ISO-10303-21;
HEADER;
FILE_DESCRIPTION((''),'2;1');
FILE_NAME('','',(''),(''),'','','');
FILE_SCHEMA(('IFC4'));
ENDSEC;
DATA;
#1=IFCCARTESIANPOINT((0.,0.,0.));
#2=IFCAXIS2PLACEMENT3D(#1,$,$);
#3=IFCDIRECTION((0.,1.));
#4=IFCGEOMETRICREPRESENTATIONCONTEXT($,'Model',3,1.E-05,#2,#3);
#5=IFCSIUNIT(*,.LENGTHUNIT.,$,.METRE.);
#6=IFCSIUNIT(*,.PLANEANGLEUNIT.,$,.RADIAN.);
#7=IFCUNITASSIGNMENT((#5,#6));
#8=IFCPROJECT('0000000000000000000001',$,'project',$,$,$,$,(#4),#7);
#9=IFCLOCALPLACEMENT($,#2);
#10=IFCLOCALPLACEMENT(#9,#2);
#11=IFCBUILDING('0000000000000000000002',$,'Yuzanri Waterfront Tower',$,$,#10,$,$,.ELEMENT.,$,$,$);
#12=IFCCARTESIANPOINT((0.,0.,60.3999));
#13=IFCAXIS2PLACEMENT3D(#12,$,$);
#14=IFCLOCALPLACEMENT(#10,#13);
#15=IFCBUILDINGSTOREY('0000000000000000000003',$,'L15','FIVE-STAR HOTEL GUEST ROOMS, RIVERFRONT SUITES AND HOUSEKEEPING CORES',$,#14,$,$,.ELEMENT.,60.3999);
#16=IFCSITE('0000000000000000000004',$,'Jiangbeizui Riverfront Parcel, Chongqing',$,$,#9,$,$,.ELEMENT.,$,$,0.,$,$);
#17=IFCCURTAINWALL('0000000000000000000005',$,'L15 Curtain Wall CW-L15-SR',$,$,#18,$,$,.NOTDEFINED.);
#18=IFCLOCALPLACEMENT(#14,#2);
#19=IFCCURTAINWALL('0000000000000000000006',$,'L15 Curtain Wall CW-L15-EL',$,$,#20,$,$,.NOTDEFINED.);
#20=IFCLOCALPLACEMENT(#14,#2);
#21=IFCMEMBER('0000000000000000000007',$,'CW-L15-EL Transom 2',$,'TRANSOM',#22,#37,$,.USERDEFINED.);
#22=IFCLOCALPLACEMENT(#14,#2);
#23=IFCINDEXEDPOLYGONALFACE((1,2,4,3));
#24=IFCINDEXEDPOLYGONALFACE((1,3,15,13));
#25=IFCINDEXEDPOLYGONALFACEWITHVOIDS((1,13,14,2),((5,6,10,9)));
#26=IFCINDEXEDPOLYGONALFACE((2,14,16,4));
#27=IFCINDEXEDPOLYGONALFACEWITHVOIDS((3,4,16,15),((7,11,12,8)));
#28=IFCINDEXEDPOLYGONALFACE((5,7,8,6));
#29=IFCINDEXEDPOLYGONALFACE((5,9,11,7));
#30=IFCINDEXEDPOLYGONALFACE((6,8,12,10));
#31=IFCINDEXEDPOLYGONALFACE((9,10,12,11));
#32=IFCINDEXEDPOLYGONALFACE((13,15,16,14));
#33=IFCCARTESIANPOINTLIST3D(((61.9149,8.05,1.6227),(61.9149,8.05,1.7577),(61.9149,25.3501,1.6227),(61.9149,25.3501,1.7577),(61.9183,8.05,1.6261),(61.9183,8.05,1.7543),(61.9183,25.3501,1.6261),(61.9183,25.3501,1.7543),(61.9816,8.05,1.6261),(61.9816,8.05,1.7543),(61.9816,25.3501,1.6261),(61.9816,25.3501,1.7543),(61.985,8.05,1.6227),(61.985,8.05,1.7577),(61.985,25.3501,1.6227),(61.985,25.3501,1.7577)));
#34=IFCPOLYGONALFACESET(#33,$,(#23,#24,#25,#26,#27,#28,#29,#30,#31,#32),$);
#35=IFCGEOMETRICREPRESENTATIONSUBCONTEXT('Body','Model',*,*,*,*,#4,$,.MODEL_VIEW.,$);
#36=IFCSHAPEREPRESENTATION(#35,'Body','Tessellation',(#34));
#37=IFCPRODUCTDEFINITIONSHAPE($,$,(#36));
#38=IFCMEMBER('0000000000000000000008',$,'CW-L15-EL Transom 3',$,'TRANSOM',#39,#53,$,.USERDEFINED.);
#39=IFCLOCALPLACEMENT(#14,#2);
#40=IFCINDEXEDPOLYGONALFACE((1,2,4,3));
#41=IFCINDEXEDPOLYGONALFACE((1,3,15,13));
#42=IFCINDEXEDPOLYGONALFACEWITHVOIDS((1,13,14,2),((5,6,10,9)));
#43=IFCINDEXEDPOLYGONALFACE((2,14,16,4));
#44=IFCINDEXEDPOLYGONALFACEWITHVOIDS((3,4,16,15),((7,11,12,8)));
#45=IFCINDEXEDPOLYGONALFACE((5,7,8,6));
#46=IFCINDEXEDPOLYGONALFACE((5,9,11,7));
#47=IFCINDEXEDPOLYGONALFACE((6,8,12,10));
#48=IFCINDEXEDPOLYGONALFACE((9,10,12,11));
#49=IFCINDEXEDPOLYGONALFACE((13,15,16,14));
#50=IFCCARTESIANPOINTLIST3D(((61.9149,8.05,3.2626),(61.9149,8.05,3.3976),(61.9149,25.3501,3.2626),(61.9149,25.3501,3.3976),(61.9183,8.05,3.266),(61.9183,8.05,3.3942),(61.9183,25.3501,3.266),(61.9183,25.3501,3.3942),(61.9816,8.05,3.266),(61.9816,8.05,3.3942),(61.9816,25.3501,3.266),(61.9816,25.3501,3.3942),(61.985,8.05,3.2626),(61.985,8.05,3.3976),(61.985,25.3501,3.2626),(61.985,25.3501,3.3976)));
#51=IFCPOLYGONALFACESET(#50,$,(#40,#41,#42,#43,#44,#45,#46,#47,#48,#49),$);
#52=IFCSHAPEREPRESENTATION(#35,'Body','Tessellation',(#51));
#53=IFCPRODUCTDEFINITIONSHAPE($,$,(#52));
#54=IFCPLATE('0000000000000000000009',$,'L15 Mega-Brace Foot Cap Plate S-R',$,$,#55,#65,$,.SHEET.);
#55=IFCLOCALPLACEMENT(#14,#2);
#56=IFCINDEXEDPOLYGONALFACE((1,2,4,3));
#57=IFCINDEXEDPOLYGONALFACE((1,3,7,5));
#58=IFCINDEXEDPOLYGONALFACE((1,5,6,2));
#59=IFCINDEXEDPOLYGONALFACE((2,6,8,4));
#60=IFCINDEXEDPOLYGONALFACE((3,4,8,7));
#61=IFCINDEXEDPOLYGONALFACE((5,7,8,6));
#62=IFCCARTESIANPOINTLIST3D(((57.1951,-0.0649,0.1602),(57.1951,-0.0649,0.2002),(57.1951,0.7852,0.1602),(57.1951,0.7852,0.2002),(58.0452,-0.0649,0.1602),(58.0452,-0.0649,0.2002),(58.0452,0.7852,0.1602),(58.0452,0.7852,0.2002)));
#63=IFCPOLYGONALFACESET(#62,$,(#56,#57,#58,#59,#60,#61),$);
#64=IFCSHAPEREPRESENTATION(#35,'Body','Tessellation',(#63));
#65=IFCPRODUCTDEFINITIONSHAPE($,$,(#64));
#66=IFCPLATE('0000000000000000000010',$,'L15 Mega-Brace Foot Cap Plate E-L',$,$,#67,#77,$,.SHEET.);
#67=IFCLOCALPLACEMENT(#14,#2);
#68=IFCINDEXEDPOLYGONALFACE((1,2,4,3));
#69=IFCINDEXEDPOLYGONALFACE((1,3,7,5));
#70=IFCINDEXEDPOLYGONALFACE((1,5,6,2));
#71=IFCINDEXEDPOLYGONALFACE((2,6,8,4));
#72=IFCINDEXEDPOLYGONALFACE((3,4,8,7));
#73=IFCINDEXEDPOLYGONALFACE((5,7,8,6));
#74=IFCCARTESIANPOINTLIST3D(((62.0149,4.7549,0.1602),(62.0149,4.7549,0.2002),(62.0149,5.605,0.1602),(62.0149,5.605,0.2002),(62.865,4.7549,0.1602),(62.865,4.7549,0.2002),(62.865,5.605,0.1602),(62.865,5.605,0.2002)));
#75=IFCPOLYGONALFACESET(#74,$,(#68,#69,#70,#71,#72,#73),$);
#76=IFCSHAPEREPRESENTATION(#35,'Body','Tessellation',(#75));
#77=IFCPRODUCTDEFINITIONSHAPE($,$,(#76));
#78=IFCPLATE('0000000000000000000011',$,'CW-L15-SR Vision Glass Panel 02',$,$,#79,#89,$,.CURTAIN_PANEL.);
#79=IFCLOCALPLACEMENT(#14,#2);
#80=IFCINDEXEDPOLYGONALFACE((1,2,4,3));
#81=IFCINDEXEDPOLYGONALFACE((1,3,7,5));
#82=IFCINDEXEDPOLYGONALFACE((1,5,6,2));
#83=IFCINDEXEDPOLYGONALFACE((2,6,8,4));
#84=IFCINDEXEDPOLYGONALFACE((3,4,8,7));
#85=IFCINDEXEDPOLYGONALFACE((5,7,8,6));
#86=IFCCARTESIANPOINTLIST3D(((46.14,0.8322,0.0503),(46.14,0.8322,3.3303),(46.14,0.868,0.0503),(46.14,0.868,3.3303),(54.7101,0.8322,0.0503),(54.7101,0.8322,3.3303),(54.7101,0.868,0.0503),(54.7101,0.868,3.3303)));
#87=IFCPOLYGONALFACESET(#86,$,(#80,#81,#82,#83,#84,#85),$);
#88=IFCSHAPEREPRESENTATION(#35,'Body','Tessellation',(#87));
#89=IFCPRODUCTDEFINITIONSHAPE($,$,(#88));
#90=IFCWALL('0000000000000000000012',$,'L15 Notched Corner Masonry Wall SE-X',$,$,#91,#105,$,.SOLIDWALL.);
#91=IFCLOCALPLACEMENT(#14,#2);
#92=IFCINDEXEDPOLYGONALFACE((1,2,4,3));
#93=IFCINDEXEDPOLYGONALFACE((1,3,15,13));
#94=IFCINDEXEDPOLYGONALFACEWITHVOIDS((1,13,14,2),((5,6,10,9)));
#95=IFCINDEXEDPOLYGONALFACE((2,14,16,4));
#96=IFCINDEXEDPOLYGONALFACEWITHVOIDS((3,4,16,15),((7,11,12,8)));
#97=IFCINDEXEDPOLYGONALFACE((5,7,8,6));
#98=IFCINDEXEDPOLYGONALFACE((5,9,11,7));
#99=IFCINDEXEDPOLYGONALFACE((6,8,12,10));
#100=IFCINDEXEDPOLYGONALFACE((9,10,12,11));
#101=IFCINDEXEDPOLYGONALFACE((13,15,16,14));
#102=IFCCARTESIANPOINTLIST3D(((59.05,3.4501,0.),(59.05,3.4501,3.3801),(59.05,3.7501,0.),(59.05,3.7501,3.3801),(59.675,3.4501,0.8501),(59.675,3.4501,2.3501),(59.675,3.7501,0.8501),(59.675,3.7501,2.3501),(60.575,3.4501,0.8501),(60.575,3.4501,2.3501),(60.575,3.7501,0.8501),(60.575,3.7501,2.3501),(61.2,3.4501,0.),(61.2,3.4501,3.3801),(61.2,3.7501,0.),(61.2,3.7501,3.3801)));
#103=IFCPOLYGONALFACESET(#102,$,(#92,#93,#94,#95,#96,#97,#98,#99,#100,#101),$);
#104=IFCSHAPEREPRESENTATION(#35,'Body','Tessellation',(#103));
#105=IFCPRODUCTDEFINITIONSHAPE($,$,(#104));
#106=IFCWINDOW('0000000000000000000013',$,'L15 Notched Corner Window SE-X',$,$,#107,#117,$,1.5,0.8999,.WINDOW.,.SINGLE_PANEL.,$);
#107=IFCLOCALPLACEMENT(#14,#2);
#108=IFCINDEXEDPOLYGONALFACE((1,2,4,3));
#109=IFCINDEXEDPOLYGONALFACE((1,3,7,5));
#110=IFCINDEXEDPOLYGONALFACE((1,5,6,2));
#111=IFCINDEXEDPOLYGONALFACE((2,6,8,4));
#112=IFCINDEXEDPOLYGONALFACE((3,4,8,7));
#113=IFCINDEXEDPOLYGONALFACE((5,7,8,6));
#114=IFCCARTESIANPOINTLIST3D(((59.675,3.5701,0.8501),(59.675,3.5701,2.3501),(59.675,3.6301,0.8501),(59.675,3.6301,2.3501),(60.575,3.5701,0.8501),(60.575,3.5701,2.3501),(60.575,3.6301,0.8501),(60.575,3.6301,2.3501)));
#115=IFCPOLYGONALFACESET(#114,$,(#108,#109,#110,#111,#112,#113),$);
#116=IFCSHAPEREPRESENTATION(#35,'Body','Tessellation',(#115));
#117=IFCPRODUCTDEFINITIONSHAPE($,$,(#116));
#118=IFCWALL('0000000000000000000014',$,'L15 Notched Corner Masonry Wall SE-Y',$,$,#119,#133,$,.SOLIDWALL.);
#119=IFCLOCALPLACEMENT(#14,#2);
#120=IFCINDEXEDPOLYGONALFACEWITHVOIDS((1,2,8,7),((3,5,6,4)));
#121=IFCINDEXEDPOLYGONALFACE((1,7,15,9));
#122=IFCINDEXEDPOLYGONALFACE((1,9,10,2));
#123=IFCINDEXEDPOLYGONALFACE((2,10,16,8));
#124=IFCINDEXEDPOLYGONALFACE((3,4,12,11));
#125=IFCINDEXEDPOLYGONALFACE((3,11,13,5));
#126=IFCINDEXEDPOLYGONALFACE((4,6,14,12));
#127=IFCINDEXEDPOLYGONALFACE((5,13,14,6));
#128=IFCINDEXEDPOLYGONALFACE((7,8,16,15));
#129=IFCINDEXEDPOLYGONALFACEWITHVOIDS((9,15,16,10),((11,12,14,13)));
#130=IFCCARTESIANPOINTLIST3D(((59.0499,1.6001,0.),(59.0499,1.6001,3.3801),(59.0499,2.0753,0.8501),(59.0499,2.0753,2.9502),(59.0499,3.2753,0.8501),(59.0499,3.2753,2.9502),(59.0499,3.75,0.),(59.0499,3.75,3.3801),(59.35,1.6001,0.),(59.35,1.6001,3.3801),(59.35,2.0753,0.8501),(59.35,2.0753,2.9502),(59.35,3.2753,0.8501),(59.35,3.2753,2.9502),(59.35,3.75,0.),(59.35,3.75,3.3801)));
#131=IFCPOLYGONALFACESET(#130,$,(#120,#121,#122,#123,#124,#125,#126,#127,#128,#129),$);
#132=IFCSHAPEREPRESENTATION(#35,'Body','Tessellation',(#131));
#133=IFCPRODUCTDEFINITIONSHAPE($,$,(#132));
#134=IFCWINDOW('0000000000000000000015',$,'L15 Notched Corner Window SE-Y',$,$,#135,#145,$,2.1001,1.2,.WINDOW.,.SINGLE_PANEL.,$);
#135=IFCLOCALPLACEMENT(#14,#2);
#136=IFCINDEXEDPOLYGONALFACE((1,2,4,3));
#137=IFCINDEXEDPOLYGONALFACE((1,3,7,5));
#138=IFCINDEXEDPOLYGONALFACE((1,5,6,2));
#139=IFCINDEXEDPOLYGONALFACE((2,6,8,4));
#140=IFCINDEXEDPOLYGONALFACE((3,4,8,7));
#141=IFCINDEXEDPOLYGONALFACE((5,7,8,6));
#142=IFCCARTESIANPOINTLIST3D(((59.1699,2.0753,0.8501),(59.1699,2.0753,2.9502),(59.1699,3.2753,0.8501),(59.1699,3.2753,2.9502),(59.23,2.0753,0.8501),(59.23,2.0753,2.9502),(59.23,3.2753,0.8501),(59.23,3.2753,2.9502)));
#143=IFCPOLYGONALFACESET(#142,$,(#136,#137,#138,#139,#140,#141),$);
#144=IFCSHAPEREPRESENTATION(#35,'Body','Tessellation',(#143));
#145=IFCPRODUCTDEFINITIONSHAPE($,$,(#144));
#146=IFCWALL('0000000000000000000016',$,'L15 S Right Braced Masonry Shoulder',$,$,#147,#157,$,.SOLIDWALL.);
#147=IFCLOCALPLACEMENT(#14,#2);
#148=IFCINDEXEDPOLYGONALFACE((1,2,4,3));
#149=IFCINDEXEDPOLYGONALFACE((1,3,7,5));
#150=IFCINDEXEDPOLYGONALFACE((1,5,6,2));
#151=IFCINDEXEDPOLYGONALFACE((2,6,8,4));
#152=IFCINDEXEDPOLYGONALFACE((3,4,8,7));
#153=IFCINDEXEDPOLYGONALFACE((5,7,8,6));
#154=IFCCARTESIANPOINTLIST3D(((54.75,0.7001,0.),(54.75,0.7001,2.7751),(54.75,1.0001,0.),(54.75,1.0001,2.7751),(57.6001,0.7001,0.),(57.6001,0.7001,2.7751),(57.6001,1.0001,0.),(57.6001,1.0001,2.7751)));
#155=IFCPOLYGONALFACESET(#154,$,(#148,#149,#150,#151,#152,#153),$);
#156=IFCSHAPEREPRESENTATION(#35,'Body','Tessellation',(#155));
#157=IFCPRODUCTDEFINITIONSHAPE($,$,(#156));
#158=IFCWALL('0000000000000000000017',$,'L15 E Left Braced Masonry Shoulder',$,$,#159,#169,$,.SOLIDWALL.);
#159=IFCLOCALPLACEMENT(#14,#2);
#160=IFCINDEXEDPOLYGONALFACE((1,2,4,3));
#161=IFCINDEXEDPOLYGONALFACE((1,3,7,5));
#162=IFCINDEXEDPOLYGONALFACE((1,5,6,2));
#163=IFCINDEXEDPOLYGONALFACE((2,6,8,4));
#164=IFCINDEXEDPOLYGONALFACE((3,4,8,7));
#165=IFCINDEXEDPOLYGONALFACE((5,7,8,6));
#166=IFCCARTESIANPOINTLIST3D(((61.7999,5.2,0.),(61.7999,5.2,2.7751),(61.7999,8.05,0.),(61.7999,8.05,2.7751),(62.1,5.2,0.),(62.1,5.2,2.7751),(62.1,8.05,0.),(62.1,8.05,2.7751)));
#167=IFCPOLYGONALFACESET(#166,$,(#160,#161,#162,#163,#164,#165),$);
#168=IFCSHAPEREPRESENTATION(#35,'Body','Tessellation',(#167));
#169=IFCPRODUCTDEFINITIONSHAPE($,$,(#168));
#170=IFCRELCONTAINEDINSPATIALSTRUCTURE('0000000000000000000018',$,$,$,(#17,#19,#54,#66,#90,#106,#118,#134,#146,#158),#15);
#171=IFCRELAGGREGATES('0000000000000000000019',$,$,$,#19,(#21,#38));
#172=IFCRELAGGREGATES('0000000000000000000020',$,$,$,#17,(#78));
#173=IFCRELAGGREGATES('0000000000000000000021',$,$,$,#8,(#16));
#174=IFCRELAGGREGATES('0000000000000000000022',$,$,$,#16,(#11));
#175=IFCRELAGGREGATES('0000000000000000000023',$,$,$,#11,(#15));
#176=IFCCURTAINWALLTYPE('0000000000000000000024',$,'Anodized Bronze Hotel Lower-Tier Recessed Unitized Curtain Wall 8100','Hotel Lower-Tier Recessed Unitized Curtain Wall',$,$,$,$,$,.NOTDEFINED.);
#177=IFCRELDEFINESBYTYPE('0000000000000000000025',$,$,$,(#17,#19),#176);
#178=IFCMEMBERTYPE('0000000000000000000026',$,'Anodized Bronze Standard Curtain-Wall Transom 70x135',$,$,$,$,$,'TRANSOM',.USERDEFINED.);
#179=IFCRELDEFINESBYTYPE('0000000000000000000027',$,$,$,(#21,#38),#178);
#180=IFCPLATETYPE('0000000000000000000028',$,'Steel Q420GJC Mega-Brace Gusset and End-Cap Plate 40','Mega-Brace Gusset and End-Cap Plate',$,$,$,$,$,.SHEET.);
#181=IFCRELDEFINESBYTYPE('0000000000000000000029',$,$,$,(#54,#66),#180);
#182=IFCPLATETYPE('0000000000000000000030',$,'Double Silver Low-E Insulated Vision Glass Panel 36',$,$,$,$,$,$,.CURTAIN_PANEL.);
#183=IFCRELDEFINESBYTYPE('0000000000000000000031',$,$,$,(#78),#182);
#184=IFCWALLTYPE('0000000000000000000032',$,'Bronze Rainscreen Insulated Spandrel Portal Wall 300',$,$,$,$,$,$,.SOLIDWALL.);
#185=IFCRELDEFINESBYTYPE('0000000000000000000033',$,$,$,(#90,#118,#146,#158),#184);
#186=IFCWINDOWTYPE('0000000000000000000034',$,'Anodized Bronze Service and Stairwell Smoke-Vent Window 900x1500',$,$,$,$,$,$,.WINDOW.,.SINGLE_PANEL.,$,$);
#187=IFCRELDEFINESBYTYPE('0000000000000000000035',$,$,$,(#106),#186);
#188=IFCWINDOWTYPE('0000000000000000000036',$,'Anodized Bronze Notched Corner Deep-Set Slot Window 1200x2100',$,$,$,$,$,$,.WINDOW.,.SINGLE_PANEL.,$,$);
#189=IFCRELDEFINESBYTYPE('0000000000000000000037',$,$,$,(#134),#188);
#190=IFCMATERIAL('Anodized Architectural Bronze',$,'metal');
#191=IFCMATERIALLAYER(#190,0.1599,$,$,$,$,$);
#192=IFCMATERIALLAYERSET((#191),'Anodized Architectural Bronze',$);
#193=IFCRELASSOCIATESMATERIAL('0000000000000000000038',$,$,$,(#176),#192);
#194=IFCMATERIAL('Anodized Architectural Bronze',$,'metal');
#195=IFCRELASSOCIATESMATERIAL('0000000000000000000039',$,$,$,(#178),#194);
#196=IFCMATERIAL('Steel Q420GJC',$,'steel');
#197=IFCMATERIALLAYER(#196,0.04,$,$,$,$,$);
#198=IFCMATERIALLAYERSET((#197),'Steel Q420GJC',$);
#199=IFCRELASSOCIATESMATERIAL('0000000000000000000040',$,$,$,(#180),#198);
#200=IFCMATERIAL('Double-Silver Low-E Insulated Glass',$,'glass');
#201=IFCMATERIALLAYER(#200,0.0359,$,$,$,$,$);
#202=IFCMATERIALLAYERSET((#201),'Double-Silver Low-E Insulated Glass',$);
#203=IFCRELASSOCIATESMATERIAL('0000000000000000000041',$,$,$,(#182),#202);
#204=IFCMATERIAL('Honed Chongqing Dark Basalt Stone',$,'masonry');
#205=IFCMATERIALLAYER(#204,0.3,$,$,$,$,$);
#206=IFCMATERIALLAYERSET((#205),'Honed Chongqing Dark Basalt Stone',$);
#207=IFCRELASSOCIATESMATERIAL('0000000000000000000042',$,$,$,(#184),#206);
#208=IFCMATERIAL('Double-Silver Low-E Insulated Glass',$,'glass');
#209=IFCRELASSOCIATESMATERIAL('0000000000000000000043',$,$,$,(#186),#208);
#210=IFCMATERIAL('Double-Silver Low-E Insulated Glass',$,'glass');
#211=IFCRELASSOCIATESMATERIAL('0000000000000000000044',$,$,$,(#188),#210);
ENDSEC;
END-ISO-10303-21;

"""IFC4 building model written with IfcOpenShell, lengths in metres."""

from ifc_helpers import new_model, si_unit, direction, frame, frame_2d, origin, origin_2d, place, context, subcontext, project, spatial, rectangle, hollow_rectangle, extrude, source, transform, mapped, material, layer, layer_set, material_profile, profile_set, type_object, element, fill, aggregate, save


model = new_model("IFC4")

# Units and contexts
model_context = context("Model", 3, precision=1e-05, world=origin(), true_north=direction((0.0, 1.0)))
body_context = subcontext(model_context, "Body", "Model", "MODEL_VIEW")
ifc_project = project(units=[si_unit("LENGTHUNIT", "METRE"), si_unit("PLANEANGLEUNIT", "RADIAN")], contexts=[model_context])

# Site, building, storey
site_placement = place(None, origin())
site = spatial("IfcSite", under=ifc_project, at=site_placement, Name="Jiangbeizui Riverfront Parcel, Chongqing", CompositionType="ELEMENT", RefElevation=0.0)
building_placement = place(site_placement, origin())
building = spatial("IfcBuilding", under=site, at=building_placement, Name="Yuzanri Waterfront Tower", CompositionType="ELEMENT")
storey_placement = place(building_placement, frame((0.0, 0.0, 60.3999)))
storey = spatial("IfcBuildingStorey", under=building, at=storey_placement, Name="L15", Description="FIVE-STAR HOTEL GUEST ROOMS, RIVERFRONT SUITES AND HOUSEKEEPING CORES", CompositionType="ELEMENT", Elevation=60.3999)

# Curtain walls, members
ifc_material_1 = material(Name="Anodized Architectural Bronze", Category="metal")
ifc_layer_1 = layer(ifc_material_1, 0.1599)
ifc_layer_set_1 = layer_set([ifc_layer_1], Name="Anodized Architectural Bronze")
curtain_wall_type = type_object("IfcCurtainWallType", Name="Anodized Bronze Hotel Lower-Tier Recessed Unitized Curtain Wall 8100", Description="Hotel Lower-Tier Recessed Unitized Curtain Wall", PredefinedType="NOTDEFINED", material=ifc_layer_set_1)
curtain_wall_1_placement = place(storey_placement, origin())
curtain_wall_1 = element("IfcCurtainWall", 1, at=curtain_wall_1_placement, inside=storey, type_object=curtain_wall_type, Name="L15 Curtain Wall CW-L15-SR", PredefinedType="NOTDEFINED")
curtain_wall_2_placement = place(storey_placement, origin())
curtain_wall_2 = element("IfcCurtainWall", 2, at=curtain_wall_2_placement, inside=storey, type_object=curtain_wall_type, Name="L15 Curtain Wall CW-L15-EL", PredefinedType="NOTDEFINED")
ifc_material_2 = material(Name="Anodized Architectural Bronze", Category="metal")
ifc_material_profile_1 = material_profile(ifc_material_2, hollow_rectangle(XDim=0.0701, YDim=0.135, WallThickness=0.0034, at=origin_2d()), Name="CWT 70x135")
ifc_profile_set_1 = profile_set([ifc_material_profile_1], Name="Anodized Architectural Bronze")
member_type_1 = type_object("IfcMemberType", Name="Anodized Bronze Standard Curtain-Wall Transom 70x135", ElementType="TRANSOM", PredefinedType="USERDEFINED", material=ifc_profile_set_1)
shared_shape_1 = source(origin(), body_context, "Body", "SweptSolid", [
    extrude(hollow_rectangle(XDim=0.0701, YDim=0.135, WallThickness=0.0034, at=origin_2d()), origin(), (0.0, 0.0, 1.0), 17.3),
])
member_1_placement = place(storey_placement, frame((61.95, 8.05, 1.6902), z_axis=(0.0, 1.0, 0.0), x_axis=(-1.0, 0.0, 0.0)))
member_1 = element("IfcMember", 3, at=member_1_placement, type_object=member_type_1, Name="CW-L15-EL Transom 2", ObjectType="TRANSOM", PredefinedType="USERDEFINED", context=body_context, shape_type="MappedRepresentation", body=[
    mapped(shared_shape_1, transform((0.0, 0.0, 0.0), scale=1.0)),
])
member_2_placement = place(storey_placement, frame((61.95, 8.05, 3.3301), z_axis=(0.0, 1.0, 0.0), x_axis=(-1.0, 0.0, 0.0)))
member_2 = element("IfcMember", 4, at=member_2_placement, type_object=member_type_1, Name="CW-L15-EL Transom 3", ObjectType="TRANSOM", PredefinedType="USERDEFINED", context=body_context, shape_type="MappedRepresentation", body=[
    mapped(shared_shape_1, transform((0.0, 0.0, 0.0), scale=1.0)),
])
aggregate(curtain_wall_2, [member_1, member_2])

# Plates
ifc_material_3 = material(Name="Steel Q420GJC", Category="steel")
ifc_layer_2 = layer(ifc_material_3, 0.04)
ifc_layer_set_2 = layer_set([ifc_layer_2], Name="Steel Q420GJC")
plate_type_1 = type_object("IfcPlateType", Name="Steel Q420GJC Mega-Brace Gusset and End-Cap Plate 40", Description="Mega-Brace Gusset and End-Cap Plate", PredefinedType="SHEET", material=ifc_layer_set_2)
shared_shape_2 = source(origin(), body_context, "Body", "SweptSolid", [
    extrude(rectangle(XDim=0.8501, YDim=0.8501, at=origin_2d()), origin(), (0.0, 0.0, 1.0), 0.04),
])
for number, where, z_axis, x_axis, name in (
    (5, (57.6201, 0.3601, 0.1602), (0.0, 0.0, 1.0), (1.0, 0.0, 0.0), "L15 Mega-Brace Foot Cap Plate S-R"),
    (6, (62.4399, 5.1799, 0.1602), (0.0, 0.0, 1.0), (1.0, 0.0, 0.0), "L15 Mega-Brace Foot Cap Plate E-L"),
):
    element("IfcPlate", number, at=place(storey_placement, frame(where, z_axis=z_axis, x_axis=x_axis)), inside=storey, type_object=plate_type_1, Name=name, PredefinedType="SHEET", context=body_context, shape_type="MappedRepresentation", body=[
        mapped(shared_shape_2, transform((0.0, 0.0, 0.0), scale=1.0)),
    ])

# Plate
ifc_material_4 = material(Name="Double-Silver Low-E Insulated Glass", Category="glass")
ifc_layer_3 = layer(ifc_material_4, 0.0359)
ifc_layer_set_3 = layer_set([ifc_layer_3], Name="Double-Silver Low-E Insulated Glass")
plate_type_2 = type_object("IfcPlateType", Name="Double Silver Low-E Insulated Vision Glass Panel 36", PredefinedType="CURTAIN_PANEL", material=ifc_layer_set_3)
shared_shape_3 = source(origin(), body_context, "Body", "SweptSolid", [
    extrude(rectangle(XDim=8.5701, YDim=0.0359, at=origin_2d()), origin(), (0.0, 0.0, 1.0), 3.28),
])
plate_placement = place(storey_placement, frame((50.425, 0.8501, 0.0503), z_axis=(0.0, 0.0, 1.0), x_axis=(1.0, 0.0, 0.0)))
plate = element("IfcPlate", 7, at=plate_placement, type_object=plate_type_2, Name="CW-L15-SR Vision Glass Panel 02", PredefinedType="CURTAIN_PANEL", context=body_context, shape_type="MappedRepresentation", body=[
    mapped(shared_shape_3, transform((0.0, 0.0, 0.0), scale=1.0)),
])
aggregate(curtain_wall_1, [plate])

# Walls, openings, windows
ifc_material_5 = material(Name="Honed Chongqing Dark Basalt Stone", Category="masonry")
ifc_layer_4 = layer(ifc_material_5, 0.3)
ifc_layer_set_4 = layer_set([ifc_layer_4], Name="Honed Chongqing Dark Basalt Stone")
wall_type_1 = type_object("IfcWallType", Name="Bronze Rainscreen Insulated Spandrel Portal Wall 300", PredefinedType="SOLIDWALL", material=ifc_layer_set_4)
wall_1_placement = place(storey_placement, frame((59.05, 3.6001, 0.0), z_axis=(0.0, 0.0, 1.0), x_axis=(1.0, 0.0, 0.0)))
wall_1 = element("IfcWall", 8, at=wall_1_placement, inside=storey, type_object=wall_type_1, Name="L15 Notched Corner Masonry Wall SE-X", PredefinedType="SOLIDWALL", context=body_context, shape_type="SweptSolid", body=[
    extrude(rectangle(XDim=2.1499, YDim=0.3, at=frame_2d((1.075, 0.0))), origin(), (0.0, 0.0, 1.0), 3.3801),
])
opening_1_placement = place(wall_1_placement, frame((0.625, 0.0, 0.8501)))
opening_1 = element("IfcOpeningElement", 9, at=opening_1_placement, cuts=wall_1, PredefinedType="OPENING", context=body_context, shape_type="SweptSolid", body=[
    extrude(rectangle(XDim=0.8999, YDim=1.5, at=frame_2d((0.45, 0.75))), frame((0.0, 0.165, 0.0), z_axis=(0.0, -1.0, 0.0), x_axis=(1.0, 0.0, 0.0)), (0.0, 0.0, 1.0), 0.3298),
])
ifc_material_6 = material(Name="Double-Silver Low-E Insulated Glass", Category="glass")
window_type_1 = type_object("IfcWindowType", Name="Anodized Bronze Service and Stairwell Smoke-Vent Window 900x1500", PartitioningType="SINGLE_PANEL", PredefinedType="WINDOW", material=ifc_material_6)
shared_shape_4 = source(origin(), body_context, "Body", "SweptSolid", [
    extrude(rectangle(XDim=0.8999, YDim=1.5, at=frame_2d((0.45, 0.75))), frame((0.0, 0.03, 0.0), z_axis=(0.0, -1.0, 0.0), x_axis=(1.0, 0.0, 0.0)), (0.0, 0.0, 1.0), 0.0601),
])
window_1_placement = place(opening_1_placement, origin())
window_1 = element("IfcWindow", 10, at=window_1_placement, inside=storey, type_object=window_type_1, Name="L15 Notched Corner Window SE-X", OverallHeight=1.5, OverallWidth=0.8999, PartitioningType="SINGLE_PANEL", PredefinedType="WINDOW", context=body_context, shape_type="MappedRepresentation", body=[
    mapped(shared_shape_4, transform((0.0, 0.0, 0.0), scale=1.0)),
])
fill(opening_1, window_1)
wall_2_placement = place(storey_placement, frame((59.2, 1.6001, 0.0), z_axis=(0.0, 0.0, 1.0), x_axis=(0.0, 1.0, 0.0)))
wall_2 = element("IfcWall", 11, at=wall_2_placement, inside=storey, type_object=wall_type_1, Name="L15 Notched Corner Masonry Wall SE-Y", PredefinedType="SOLIDWALL", context=body_context, shape_type="SweptSolid", body=[
    extrude(rectangle(XDim=2.1499, YDim=0.3, at=frame_2d((1.075, 0.0))), origin(), (0.0, 0.0, 1.0), 3.3801),
])
opening_2_placement = place(wall_2_placement, frame((0.4751, 0.0, 0.8501)))
opening_2 = element("IfcOpeningElement", 12, at=opening_2_placement, cuts=wall_2, PredefinedType="OPENING", context=body_context, shape_type="SweptSolid", body=[
    extrude(rectangle(XDim=1.2, YDim=2.1001, at=frame_2d((0.6001, 1.05))), frame((0.0, 0.165, 0.0), z_axis=(0.0, -1.0, 0.0), x_axis=(1.0, 0.0, 0.0)), (0.0, 0.0, 1.0), 0.3298),
])
ifc_material_7 = material(Name="Double-Silver Low-E Insulated Glass", Category="glass")
window_type_2 = type_object("IfcWindowType", Name="Anodized Bronze Notched Corner Deep-Set Slot Window 1200x2100", PartitioningType="SINGLE_PANEL", PredefinedType="WINDOW", material=ifc_material_7)
shared_shape_5 = source(origin(), body_context, "Body", "SweptSolid", [
    extrude(rectangle(XDim=1.2, YDim=2.1001, at=frame_2d((0.6001, 1.05))), frame((0.0, 0.03, 0.0), z_axis=(0.0, -1.0, 0.0), x_axis=(1.0, 0.0, 0.0)), (0.0, 0.0, 1.0), 0.0601),
])
window_2_placement = place(opening_2_placement, origin())
window_2 = element("IfcWindow", 13, at=window_2_placement, inside=storey, type_object=window_type_2, Name="L15 Notched Corner Window SE-Y", OverallHeight=2.1001, OverallWidth=1.2, PartitioningType="SINGLE_PANEL", PredefinedType="WINDOW", context=body_context, shape_type="MappedRepresentation", body=[
    mapped(shared_shape_5, transform((0.0, 0.0, 0.0), scale=1.0)),
])
fill(opening_2, window_2)

# Walls
shared_shape_6 = source(origin(), body_context, "Body", "SweptSolid", [
    extrude(rectangle(XDim=2.8501, YDim=0.3, at=frame_2d((1.425, 0.0))), origin(), (0.0, 0.0, 1.0), 2.7751),
])
for number, where, z_axis, x_axis, name in (
    (14, (54.75, 0.8501, 0.0), (0.0, 0.0, 1.0), (1.0, 0.0, 0.0), "L15 S Right Braced Masonry Shoulder"),
    (15, (61.95, 5.2, 0.0), (0.0, 0.0, 1.0), (0.0, 1.0, 0.0), "L15 E Left Braced Masonry Shoulder"),
):
    element("IfcWall", number, at=place(storey_placement, frame(where, z_axis=z_axis, x_axis=x_axis)), inside=storey, type_object=wall_type_1, Name=name, PredefinedType="SOLIDWALL", context=body_context, shape_type="MappedRepresentation", body=[
        mapped(shared_shape_6, transform((0.0, 0.0, 0.0), scale=1.0)),
    ])

save(model, "model.ifc")
